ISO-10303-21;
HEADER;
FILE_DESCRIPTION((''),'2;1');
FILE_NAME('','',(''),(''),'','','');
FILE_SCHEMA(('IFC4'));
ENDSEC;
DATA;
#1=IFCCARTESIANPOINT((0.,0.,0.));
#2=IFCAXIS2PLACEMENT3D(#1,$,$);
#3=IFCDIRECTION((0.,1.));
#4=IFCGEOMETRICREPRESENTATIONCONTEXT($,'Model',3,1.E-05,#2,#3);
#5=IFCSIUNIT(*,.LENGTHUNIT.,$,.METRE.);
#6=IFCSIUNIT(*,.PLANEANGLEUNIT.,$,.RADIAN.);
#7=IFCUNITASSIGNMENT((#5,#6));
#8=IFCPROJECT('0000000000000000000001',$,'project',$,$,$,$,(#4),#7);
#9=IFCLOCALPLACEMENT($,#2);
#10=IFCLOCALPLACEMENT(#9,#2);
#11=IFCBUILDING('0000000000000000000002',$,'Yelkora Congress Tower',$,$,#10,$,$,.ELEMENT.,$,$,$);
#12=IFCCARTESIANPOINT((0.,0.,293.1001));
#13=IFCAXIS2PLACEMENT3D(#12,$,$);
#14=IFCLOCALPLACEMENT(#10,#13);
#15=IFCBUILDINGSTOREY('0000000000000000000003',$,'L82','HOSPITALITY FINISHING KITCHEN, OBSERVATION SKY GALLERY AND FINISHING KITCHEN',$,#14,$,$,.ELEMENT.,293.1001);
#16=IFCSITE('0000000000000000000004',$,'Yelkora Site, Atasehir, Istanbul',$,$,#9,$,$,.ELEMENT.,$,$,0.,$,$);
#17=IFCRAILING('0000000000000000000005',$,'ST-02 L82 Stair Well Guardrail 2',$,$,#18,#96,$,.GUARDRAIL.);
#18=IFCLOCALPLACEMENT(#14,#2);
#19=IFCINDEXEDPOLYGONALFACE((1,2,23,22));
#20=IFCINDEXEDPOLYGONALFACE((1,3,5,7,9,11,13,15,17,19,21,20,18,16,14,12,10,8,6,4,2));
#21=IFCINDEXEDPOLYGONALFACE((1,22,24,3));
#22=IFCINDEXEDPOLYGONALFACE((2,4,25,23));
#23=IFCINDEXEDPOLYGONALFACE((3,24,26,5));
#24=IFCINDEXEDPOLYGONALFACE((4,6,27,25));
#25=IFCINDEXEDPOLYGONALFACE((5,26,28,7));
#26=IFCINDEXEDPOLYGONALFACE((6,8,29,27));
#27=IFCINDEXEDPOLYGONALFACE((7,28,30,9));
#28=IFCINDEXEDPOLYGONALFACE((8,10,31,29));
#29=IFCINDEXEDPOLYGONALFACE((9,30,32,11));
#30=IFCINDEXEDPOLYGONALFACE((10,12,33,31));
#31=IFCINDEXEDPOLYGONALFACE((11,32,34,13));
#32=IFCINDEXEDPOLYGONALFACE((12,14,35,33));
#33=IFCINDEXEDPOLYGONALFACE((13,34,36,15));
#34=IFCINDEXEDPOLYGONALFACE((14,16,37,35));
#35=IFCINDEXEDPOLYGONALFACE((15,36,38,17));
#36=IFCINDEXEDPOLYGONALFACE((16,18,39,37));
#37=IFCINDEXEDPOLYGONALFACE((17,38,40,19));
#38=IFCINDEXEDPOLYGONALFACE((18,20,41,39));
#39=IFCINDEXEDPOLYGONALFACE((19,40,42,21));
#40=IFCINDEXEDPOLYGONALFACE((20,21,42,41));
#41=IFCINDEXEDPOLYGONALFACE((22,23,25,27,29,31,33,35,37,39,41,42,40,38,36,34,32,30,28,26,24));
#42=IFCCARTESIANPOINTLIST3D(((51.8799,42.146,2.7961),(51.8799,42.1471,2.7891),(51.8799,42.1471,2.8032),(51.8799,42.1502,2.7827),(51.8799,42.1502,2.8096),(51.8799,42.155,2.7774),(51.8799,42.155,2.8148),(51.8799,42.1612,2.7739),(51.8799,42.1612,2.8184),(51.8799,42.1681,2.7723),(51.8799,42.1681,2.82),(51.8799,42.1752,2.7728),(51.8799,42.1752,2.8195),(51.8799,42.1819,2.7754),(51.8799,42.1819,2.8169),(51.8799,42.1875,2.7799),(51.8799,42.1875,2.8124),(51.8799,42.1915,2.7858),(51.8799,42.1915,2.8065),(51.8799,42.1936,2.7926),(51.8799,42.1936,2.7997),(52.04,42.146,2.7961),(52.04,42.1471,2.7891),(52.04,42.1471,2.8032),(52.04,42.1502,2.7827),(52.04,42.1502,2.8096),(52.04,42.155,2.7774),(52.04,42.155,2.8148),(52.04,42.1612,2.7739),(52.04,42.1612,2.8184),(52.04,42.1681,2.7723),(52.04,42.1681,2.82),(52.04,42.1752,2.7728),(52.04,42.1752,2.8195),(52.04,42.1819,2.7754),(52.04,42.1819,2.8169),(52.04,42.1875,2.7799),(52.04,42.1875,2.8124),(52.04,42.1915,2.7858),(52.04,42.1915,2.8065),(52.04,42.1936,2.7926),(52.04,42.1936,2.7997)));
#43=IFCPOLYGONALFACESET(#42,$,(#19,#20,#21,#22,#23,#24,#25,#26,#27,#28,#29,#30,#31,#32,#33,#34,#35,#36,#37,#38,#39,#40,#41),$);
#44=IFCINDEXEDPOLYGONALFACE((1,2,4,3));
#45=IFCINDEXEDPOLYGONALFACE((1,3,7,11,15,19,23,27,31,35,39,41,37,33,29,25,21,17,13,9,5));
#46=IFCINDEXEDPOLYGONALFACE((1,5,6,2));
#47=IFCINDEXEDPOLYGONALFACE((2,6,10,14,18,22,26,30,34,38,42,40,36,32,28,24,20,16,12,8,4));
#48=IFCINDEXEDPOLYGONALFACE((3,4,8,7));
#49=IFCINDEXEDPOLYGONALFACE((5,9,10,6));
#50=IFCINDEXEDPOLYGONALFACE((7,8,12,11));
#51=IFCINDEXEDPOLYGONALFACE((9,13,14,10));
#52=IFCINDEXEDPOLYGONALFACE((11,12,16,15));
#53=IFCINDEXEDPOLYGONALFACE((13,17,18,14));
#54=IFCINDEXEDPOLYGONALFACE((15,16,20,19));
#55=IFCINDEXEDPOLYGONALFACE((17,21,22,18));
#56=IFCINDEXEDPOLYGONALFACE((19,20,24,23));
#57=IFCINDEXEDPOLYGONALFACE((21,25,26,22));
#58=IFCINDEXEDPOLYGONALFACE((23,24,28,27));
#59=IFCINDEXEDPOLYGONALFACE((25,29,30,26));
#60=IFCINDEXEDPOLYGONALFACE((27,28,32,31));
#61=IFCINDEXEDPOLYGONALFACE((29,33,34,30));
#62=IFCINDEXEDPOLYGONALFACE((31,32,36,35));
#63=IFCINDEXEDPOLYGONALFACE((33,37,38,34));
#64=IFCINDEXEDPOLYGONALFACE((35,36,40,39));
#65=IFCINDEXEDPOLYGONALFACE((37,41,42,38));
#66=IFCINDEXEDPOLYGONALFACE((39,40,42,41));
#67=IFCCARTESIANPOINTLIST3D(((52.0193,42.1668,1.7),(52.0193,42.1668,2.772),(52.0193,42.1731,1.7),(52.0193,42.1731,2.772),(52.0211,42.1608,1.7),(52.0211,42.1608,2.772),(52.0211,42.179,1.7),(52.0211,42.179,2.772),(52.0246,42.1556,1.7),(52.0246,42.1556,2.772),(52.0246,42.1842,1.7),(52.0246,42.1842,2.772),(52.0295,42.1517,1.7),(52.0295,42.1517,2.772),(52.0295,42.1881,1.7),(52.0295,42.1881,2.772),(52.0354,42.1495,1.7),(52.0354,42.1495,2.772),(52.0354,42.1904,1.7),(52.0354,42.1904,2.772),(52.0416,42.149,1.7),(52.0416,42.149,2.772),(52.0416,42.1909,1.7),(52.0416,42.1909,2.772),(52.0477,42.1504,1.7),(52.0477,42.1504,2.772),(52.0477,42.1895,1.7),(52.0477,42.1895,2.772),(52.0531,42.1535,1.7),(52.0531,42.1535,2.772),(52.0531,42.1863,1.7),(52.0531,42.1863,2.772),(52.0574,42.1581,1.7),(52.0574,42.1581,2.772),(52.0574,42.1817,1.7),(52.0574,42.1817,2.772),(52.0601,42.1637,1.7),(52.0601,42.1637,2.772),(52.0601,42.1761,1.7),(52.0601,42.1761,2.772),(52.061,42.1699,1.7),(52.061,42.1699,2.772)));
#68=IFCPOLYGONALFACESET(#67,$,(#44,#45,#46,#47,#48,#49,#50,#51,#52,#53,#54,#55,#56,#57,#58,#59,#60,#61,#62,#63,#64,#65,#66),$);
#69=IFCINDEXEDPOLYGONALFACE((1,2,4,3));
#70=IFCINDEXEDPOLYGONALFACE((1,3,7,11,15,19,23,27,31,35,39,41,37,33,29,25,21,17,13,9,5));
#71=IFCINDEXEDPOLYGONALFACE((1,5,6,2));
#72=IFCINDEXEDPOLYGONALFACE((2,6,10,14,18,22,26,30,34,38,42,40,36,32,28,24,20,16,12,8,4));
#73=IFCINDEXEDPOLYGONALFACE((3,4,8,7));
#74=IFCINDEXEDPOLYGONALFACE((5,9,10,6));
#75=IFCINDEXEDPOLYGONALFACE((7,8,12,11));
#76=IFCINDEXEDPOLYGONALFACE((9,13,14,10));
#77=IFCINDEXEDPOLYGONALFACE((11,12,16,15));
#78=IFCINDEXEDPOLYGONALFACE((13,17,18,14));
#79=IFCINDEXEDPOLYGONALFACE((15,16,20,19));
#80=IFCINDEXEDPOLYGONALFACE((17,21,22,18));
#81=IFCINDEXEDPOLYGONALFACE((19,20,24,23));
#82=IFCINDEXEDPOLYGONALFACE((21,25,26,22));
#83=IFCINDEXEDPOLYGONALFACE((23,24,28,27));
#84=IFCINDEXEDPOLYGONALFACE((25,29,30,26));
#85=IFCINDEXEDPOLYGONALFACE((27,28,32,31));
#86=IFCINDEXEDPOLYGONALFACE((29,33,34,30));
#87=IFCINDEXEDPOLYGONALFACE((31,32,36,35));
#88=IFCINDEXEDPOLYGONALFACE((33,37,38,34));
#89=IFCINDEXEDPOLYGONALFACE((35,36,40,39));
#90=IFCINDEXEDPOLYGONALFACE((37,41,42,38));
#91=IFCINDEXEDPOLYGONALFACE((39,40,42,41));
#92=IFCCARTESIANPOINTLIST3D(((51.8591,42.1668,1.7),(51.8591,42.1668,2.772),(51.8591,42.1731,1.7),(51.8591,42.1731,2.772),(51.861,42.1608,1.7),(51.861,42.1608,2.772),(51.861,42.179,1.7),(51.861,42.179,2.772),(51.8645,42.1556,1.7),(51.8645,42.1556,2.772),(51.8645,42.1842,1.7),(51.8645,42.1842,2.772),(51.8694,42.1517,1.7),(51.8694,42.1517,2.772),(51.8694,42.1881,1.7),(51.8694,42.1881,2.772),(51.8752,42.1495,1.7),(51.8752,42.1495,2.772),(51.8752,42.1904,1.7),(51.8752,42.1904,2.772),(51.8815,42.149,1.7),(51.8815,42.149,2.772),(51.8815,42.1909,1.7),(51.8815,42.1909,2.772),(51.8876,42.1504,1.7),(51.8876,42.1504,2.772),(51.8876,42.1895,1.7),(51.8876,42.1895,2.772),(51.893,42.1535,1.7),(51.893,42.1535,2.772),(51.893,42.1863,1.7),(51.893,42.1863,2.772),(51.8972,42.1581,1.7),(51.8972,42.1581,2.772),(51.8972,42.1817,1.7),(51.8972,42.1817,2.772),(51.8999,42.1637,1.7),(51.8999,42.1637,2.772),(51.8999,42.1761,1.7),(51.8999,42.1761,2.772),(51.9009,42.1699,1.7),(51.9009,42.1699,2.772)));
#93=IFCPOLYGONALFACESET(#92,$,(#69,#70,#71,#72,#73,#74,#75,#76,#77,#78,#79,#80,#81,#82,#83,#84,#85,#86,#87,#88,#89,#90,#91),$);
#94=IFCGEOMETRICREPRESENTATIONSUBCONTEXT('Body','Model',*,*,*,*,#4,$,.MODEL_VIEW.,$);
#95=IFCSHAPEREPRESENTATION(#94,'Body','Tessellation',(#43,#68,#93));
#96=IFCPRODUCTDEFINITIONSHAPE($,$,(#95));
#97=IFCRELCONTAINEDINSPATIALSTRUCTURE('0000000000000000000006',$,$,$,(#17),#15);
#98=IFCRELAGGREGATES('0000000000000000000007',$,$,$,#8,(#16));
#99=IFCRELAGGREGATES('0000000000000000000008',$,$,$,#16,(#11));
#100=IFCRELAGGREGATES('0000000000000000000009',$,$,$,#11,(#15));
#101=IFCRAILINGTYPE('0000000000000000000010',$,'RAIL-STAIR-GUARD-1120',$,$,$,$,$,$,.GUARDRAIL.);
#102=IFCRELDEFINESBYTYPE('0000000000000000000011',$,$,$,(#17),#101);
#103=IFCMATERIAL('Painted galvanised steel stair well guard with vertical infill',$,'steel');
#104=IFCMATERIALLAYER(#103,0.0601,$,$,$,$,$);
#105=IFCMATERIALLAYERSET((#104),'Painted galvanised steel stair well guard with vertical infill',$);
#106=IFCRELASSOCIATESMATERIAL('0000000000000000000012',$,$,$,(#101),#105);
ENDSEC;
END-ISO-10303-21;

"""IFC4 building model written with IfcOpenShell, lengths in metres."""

from ifc_helpers import new_model, si_unit, direction, frame, origin, origin_2d, place, context, subcontext, project, spatial, circle, extrude, material, layer, layer_set, type_object, element, save


model = new_model("IFC4")

# Units and contexts
model_context = context("Model", 3, precision=1e-05, world=origin(), true_north=direction((0.0, 1.0)))
body_context = subcontext(model_context, "Body", "Model", "MODEL_VIEW")
ifc_project = project(units=[si_unit("LENGTHUNIT", "METRE"), si_unit("PLANEANGLEUNIT", "RADIAN")], contexts=[model_context])

# Site, building, storey
site_placement = place(None, origin())
site = spatial("IfcSite", under=ifc_project, at=site_placement, Name="Yelkora Site, Atasehir, Istanbul", CompositionType="ELEMENT", RefElevation=0.0)
building_placement = place(site_placement, origin())
building = spatial("IfcBuilding", under=site, at=building_placement, Name="Yelkora Congress Tower", CompositionType="ELEMENT")
storey_placement = place(building_placement, frame((0.0, 0.0, 293.1001)))
storey = spatial("IfcBuildingStorey", under=building, at=storey_placement, Name="L82", Description="HOSPITALITY FINISHING KITCHEN, OBSERVATION SKY GALLERY AND FINISHING KITCHEN", CompositionType="ELEMENT", Elevation=293.1001)

# Railing
ifc_material_1 = material(Name="Painted galvanised steel stair well guard with vertical infill", Category="steel")
ifc_layer_1 = layer(ifc_material_1, 0.0601)
ifc_layer_set_1 = layer_set([ifc_layer_1], Name="Painted galvanised steel stair well guard with vertical infill")
railing_type = type_object("IfcRailingType", Name="RAIL-STAIR-GUARD-1120", PredefinedType="GUARDRAIL", material=ifc_layer_set_1)
railing_1_placement = place(storey_placement, frame((52.04, 42.1699, 1.7)))
element("IfcRailing", 1, at=railing_1_placement, inside=storey, type_object=railing_type, Name="ST-02 L82 Stair Well Guardrail 2", PredefinedType="GUARDRAIL", context=body_context, shape_type="SweptSolid", body=[
    extrude(circle(Radius=0.0239, at=origin_2d()), frame((0.0, 0.0, 1.0962), z_axis=(-1.0, 0.0, 0.0), x_axis=(0.0, -1.0, 0.0)), (0.0, 0.0, 1.0), 0.1602),
    extrude(circle(Radius=0.021, at=origin_2d()), origin(), (0.0, 0.0, 1.0), 1.072),
    extrude(circle(Radius=0.021, at=origin_2d()), frame((-0.1602, 0.0, 0.0)), (0.0, 0.0, 1.0), 1.072),
])

save(model, "model.ifc")
